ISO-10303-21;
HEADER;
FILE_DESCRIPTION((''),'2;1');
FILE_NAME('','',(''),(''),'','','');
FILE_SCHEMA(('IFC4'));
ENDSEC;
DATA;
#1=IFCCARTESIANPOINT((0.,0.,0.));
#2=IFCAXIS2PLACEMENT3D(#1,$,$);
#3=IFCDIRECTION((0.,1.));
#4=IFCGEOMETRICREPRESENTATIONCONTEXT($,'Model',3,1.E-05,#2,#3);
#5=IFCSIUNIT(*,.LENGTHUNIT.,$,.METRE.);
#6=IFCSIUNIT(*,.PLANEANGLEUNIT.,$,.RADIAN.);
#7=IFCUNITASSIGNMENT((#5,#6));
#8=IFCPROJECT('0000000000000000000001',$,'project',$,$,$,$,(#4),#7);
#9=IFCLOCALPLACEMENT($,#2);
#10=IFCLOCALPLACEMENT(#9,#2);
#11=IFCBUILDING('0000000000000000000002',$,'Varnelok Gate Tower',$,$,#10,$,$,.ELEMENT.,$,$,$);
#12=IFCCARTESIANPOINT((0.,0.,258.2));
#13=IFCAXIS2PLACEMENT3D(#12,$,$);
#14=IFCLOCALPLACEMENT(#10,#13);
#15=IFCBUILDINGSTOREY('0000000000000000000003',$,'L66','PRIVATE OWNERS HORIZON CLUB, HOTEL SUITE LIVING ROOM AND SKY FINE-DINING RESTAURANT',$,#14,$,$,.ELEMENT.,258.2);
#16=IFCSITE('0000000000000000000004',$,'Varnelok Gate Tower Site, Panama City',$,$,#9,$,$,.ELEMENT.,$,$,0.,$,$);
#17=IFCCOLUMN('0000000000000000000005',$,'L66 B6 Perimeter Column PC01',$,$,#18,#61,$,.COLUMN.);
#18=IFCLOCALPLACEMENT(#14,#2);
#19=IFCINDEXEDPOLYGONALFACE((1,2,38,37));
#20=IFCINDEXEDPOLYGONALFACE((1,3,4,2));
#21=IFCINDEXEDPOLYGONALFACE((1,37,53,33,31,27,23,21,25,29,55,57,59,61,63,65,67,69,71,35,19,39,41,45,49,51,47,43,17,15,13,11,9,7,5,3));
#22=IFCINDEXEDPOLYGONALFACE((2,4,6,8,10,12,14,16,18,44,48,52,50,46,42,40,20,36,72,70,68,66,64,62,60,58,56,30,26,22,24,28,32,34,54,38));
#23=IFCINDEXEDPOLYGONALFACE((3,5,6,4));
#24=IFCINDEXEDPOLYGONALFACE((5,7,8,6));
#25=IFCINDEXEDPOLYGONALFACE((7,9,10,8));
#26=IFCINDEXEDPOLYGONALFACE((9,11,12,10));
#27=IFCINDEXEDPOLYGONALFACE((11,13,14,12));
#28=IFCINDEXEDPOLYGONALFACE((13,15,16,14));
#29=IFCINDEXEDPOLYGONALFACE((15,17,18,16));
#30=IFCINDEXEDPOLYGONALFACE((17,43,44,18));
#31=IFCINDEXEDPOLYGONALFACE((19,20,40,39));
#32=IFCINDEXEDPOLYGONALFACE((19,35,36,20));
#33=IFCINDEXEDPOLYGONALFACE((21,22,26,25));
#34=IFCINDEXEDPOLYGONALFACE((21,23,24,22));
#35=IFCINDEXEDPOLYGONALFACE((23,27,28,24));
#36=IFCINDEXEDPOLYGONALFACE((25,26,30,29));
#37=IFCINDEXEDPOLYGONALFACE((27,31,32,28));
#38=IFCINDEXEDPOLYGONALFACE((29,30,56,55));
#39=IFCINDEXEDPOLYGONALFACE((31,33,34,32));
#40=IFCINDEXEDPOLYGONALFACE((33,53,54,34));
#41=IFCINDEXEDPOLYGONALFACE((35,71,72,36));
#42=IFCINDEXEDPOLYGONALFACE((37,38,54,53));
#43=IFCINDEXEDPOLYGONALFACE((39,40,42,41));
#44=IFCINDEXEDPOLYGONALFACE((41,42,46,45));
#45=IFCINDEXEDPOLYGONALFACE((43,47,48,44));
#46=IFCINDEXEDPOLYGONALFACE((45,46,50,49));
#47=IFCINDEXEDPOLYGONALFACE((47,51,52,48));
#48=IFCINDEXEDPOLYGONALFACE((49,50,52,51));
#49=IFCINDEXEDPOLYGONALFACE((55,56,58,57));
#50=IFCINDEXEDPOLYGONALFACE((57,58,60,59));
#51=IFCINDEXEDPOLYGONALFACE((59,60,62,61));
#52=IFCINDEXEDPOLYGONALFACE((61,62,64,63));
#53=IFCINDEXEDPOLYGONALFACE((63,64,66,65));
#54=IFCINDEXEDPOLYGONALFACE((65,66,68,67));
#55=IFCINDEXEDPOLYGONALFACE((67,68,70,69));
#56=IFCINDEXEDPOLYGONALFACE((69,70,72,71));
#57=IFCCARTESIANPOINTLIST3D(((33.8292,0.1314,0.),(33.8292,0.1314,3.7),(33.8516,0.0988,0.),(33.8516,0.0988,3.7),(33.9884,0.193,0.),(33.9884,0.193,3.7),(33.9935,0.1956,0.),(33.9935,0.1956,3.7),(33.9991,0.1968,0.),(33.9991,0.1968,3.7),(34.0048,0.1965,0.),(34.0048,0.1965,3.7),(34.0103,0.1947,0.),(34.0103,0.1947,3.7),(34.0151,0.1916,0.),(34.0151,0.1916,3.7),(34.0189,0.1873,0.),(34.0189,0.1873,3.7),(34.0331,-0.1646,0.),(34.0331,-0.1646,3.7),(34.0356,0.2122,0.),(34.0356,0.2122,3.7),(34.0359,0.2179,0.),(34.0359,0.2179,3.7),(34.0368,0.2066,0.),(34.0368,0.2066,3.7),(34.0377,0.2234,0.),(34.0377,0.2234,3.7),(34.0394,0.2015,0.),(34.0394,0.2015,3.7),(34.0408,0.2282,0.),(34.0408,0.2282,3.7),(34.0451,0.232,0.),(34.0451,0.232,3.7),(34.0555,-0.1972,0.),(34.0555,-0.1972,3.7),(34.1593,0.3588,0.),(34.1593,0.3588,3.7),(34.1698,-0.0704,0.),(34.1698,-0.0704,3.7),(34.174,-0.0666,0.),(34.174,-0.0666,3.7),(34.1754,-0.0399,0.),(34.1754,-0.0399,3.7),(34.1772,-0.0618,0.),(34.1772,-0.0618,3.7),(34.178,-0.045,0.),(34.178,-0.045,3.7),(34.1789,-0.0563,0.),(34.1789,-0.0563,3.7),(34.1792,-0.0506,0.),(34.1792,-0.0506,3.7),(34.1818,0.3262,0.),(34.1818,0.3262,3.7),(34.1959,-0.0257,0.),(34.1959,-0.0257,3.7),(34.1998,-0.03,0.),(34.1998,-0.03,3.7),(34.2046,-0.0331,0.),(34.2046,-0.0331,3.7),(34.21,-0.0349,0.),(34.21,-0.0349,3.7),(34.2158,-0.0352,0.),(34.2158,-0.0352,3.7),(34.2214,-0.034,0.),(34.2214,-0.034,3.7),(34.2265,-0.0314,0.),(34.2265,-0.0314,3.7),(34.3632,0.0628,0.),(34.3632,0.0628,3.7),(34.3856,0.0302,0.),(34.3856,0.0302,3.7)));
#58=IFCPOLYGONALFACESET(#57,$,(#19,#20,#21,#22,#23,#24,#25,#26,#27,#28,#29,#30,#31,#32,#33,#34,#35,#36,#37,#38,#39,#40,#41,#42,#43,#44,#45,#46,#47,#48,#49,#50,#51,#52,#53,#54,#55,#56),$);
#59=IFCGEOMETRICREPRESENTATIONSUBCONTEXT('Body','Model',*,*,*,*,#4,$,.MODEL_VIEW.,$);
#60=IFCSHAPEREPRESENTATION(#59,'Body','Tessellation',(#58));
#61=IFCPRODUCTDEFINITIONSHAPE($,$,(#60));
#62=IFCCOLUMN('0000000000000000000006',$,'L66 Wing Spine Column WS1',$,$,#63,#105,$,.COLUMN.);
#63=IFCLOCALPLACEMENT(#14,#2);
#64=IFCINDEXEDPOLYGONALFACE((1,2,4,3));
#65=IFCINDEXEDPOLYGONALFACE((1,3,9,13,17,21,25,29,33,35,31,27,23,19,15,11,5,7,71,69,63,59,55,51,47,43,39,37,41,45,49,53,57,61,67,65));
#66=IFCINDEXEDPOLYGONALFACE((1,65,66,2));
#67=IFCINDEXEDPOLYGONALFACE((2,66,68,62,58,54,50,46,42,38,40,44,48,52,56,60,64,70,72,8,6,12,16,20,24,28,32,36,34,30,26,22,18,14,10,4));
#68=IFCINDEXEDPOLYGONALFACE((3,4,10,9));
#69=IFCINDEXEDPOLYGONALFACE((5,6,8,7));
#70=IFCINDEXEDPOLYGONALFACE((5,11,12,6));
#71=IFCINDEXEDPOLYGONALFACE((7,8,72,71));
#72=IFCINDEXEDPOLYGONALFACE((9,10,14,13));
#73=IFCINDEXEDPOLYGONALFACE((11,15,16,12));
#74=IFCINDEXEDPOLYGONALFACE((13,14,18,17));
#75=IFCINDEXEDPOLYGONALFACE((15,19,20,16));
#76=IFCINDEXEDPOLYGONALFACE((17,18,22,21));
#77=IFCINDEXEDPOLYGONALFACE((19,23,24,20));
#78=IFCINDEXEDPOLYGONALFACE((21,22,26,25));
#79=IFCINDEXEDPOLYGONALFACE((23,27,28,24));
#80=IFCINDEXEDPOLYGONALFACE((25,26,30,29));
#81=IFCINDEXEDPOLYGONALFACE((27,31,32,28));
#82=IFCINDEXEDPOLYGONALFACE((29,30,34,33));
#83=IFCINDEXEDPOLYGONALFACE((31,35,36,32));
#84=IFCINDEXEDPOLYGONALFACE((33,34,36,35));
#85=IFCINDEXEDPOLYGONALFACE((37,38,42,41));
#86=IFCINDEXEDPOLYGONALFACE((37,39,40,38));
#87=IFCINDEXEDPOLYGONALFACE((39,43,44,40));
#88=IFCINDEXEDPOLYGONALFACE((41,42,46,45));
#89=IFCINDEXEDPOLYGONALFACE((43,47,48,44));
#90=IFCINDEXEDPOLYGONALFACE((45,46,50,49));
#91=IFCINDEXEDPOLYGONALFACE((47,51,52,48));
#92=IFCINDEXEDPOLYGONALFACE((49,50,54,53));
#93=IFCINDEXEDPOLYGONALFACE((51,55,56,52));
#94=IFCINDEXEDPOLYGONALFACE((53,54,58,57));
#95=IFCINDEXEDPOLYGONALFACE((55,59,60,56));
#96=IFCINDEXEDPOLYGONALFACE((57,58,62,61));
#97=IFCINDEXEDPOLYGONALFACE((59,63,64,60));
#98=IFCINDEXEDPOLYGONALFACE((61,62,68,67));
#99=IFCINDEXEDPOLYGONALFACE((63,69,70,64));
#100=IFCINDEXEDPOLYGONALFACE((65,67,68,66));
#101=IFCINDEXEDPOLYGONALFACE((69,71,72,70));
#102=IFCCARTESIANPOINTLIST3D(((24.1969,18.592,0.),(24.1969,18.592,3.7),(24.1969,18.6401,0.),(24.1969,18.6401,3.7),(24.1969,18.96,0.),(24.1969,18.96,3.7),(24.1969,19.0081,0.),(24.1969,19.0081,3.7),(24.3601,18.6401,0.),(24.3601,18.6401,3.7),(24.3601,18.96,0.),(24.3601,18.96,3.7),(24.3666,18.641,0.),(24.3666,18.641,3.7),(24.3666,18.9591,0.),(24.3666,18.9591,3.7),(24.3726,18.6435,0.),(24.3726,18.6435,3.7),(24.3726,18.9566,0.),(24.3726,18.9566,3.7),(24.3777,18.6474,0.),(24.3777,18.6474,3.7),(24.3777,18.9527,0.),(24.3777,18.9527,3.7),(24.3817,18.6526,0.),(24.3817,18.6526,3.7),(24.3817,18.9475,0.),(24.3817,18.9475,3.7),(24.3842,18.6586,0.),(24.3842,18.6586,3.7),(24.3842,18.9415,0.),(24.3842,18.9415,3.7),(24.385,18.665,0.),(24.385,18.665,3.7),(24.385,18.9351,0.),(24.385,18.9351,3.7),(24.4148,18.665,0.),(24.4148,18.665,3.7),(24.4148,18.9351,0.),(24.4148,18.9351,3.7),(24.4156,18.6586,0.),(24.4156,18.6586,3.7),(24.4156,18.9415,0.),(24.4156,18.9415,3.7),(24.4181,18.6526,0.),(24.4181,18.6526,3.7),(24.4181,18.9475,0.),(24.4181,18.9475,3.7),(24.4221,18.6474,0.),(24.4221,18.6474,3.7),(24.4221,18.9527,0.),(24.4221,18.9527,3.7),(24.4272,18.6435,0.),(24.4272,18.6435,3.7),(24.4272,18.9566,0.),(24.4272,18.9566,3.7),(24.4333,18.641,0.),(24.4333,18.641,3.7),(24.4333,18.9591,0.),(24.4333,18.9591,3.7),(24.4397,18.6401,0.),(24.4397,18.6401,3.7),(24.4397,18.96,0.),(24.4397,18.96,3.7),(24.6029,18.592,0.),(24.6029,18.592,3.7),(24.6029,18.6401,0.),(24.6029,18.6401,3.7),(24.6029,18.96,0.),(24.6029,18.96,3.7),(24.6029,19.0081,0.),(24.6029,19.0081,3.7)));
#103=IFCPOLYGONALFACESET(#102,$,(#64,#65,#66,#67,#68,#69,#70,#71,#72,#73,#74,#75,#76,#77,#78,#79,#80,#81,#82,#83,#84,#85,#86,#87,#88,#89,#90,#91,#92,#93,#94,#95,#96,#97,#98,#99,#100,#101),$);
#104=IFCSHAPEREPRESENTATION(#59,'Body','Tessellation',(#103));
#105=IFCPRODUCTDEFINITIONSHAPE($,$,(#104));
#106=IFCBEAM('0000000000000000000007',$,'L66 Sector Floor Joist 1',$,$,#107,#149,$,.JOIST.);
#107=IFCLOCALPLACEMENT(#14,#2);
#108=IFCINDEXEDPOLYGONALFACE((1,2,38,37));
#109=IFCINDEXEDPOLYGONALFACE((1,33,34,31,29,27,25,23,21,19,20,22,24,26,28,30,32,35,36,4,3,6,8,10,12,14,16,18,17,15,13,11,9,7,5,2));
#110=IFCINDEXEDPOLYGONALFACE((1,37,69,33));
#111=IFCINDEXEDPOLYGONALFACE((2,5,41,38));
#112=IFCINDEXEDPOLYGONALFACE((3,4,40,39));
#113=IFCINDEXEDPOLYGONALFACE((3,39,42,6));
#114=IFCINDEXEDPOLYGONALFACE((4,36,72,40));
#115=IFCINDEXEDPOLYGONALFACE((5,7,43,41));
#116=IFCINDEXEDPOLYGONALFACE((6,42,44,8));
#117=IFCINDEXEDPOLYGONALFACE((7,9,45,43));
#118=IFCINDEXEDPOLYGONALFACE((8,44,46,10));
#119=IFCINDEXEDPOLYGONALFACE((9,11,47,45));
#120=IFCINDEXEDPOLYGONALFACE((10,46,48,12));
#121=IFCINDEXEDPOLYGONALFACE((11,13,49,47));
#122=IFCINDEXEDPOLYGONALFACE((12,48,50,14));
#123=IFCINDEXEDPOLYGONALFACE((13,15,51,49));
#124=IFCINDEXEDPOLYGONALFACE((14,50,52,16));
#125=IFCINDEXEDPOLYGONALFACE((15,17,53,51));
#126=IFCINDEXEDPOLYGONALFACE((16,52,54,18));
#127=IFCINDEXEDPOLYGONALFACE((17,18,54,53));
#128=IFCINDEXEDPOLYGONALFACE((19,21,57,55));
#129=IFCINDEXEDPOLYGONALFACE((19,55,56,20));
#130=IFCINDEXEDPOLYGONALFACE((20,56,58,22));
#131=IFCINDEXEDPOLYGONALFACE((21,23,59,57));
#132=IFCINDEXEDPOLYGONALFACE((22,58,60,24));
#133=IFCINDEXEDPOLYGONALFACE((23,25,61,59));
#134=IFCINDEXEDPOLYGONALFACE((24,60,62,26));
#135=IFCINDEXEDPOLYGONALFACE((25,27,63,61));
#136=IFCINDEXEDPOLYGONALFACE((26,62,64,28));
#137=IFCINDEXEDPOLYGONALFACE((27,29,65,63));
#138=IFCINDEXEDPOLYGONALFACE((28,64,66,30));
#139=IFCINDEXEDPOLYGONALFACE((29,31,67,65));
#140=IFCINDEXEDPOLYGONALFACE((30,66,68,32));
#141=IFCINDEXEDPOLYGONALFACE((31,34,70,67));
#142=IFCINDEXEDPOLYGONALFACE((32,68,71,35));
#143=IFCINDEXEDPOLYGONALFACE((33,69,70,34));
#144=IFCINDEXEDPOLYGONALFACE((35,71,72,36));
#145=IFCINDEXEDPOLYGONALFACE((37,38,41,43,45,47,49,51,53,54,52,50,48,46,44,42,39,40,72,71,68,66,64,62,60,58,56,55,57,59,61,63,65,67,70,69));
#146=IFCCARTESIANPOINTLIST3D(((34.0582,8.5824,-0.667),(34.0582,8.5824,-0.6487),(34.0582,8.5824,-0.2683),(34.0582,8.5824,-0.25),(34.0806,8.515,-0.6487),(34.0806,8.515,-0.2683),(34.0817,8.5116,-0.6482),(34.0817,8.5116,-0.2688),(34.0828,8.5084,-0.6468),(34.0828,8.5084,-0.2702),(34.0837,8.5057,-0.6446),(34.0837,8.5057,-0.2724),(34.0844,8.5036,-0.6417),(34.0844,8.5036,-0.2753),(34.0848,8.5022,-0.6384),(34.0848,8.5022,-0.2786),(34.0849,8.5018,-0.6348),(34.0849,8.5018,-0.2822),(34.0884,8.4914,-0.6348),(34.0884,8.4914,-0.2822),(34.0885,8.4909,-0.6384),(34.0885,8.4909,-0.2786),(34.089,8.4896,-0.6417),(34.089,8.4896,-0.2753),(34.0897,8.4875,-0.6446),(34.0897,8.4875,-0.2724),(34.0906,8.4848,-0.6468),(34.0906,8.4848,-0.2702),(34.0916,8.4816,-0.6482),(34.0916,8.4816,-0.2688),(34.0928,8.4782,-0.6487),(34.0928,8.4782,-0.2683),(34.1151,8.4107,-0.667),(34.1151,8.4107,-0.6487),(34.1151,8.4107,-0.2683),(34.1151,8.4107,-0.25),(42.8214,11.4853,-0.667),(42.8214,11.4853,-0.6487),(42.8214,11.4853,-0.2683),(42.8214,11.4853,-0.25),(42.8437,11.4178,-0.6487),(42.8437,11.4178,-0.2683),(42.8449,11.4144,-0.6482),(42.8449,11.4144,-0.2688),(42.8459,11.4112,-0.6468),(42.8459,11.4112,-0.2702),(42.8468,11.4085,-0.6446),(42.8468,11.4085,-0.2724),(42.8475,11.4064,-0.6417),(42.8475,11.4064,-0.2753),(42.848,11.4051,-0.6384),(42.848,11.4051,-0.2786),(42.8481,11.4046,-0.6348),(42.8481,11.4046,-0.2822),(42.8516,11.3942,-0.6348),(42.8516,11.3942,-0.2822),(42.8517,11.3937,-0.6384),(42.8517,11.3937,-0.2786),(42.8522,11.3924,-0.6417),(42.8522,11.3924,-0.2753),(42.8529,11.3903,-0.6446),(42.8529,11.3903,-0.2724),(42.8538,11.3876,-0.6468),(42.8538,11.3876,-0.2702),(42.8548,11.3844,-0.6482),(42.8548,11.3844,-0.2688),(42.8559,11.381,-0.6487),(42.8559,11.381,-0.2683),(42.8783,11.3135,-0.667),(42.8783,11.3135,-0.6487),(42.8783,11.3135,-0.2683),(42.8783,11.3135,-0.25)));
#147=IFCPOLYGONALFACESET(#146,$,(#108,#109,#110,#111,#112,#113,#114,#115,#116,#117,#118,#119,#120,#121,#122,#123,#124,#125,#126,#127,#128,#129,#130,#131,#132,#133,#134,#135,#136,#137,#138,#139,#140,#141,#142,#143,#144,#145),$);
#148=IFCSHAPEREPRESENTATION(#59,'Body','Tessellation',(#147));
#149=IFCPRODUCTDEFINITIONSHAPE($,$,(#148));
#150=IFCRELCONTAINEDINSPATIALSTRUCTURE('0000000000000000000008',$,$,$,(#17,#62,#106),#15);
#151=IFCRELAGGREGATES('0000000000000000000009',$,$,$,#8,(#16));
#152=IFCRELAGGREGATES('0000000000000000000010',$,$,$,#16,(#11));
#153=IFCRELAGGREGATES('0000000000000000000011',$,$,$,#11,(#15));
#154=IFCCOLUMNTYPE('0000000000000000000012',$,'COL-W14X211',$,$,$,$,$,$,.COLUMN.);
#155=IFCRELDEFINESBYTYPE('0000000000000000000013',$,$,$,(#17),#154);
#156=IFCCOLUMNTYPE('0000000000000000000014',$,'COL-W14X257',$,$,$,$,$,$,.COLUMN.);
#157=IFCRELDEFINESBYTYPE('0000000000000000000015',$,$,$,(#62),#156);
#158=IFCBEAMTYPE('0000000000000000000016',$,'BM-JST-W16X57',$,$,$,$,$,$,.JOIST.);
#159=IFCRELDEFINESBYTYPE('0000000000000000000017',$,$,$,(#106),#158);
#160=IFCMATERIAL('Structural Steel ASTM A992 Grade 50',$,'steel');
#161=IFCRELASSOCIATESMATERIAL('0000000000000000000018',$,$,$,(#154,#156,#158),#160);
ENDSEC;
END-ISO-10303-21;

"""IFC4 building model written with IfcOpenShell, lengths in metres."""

from ifc_helpers import new_model, si_unit, direction, frame, origin, origin_2d, place, context, subcontext, project, spatial, i_section, extrude, material, material_profile, profile_set, type_object, element, save


model = new_model("IFC4")

# Units and contexts
model_context = context("Model", 3, precision=1e-05, world=origin(), true_north=direction((0.0, 1.0)))
body_context = subcontext(model_context, "Body", "Model", "MODEL_VIEW")
ifc_project = project(units=[si_unit("LENGTHUNIT", "METRE"), si_unit("PLANEANGLEUNIT", "RADIAN")], contexts=[model_context])

# Site, building, storey
site_placement = place(None, origin())
site = spatial("IfcSite", under=ifc_project, at=site_placement, Name="Varnelok Gate Tower Site, Panama City", CompositionType="ELEMENT", RefElevation=0.0)
building_placement = place(site_placement, origin())
building = spatial("IfcBuilding", under=site, at=building_placement, Name="Varnelok Gate Tower", CompositionType="ELEMENT")
storey_placement = place(building_placement, frame((0.0, 0.0, 258.2)))
storey = spatial("IfcBuildingStorey", under=building, at=storey_placement, Name="L66", Description="PRIVATE OWNERS HORIZON CLUB, HOTEL SUITE LIVING ROOM AND SKY FINE-DINING RESTAURANT", CompositionType="ELEMENT", Elevation=258.2)

# Columns
ifc_material_1 = material(Name="Structural Steel ASTM A992 Grade 50", Category="steel")
ifc_material_profile_1 = material_profile(ifc_material_1, i_section(OverallWidth=0.4009, OverallDepth=0.3989, WebThickness=0.0249, FlangeThickness=0.0396, FilletRadius=0.022, at=origin_2d()), Name="W14X211")
ifc_profile_set_1 = profile_set([ifc_material_profile_1], Name="Structural Steel ASTM A992 Grade 50")
column_type_1 = type_object("IfcColumnType", Name="COL-W14X211", PredefinedType="COLUMN", material=ifc_profile_set_1)
column_1_placement = place(storey_placement, frame((34.1074, 0.0808, 0.0), z_axis=(0.0, 0.0, 1.0), x_axis=(0.823533, 0.567269, 0.0)))
element("IfcColumn", 1, at=column_1_placement, inside=storey, type_object=column_type_1, Name="L66 B6 Perimeter Column PC01", PredefinedType="COLUMN", context=body_context, shape_type="SweptSolid", body=[
    extrude(i_section(OverallWidth=0.4009, OverallDepth=0.3989, WebThickness=0.0249, FlangeThickness=0.0396, FilletRadius=0.022, at=origin_2d()), origin(), (0.0, 0.0, 1.0), 3.7),
])
ifc_material_profile_2 = material_profile(ifc_material_1, i_section(OverallWidth=0.406, OverallDepth=0.416, WebThickness=0.0298, FlangeThickness=0.0481, FilletRadius=0.0249, at=origin_2d()), Name="W14X257")
ifc_profile_set_2 = profile_set([ifc_material_profile_2], Name="Structural Steel ASTM A992 Grade 50")
column_type_2 = type_object("IfcColumnType", Name="COL-W14X257", PredefinedType="COLUMN", material=ifc_profile_set_2)
column_2_placement = place(storey_placement, frame((24.3999, 18.8, 0.0), z_axis=(0.0, 0.0, 1.0), x_axis=(1.0, 0.0, 0.0)))
element("IfcColumn", 2, at=column_2_placement, inside=storey, type_object=column_type_2, Name="L66 Wing Spine Column WS1", PredefinedType="COLUMN", context=body_context, shape_type="SweptSolid", body=[
    extrude(i_section(OverallWidth=0.406, OverallDepth=0.416, WebThickness=0.0298, FlangeThickness=0.0481, FilletRadius=0.0249, at=origin_2d()), origin(), (0.0, 0.0, 1.0), 3.7),
])

# Beam
ifc_material_profile_3 = material_profile(ifc_material_1, i_section(OverallWidth=0.1809, OverallDepth=0.417, WebThickness=0.011, FlangeThickness=0.0183, FilletRadius=0.0139, at=origin_2d()), Name="W16X57")
ifc_profile_set_3 = profile_set([ifc_material_profile_3], Name="Structural Steel ASTM A992 Grade 50")
beam_type_1 = type_object("IfcBeamType", Name="BM-JST-W16X57", PredefinedType="JOIST", material=ifc_profile_set_3)
beam_1_placement = place(storey_placement, frame((34.0867, 8.4966, -0.4585), z_axis=(0.949274, 0.31445, 0.0), x_axis=(-0.31445, 0.949274, 0.0)))
element("IfcBeam", 3, at=beam_1_placement, inside=storey, type_object=beam_type_1, Name="L66 Sector Floor Joist 1", PredefinedType="JOIST", context=body_context, shape_type="SweptSolid", body=[
    extrude(i_section(OverallWidth=0.1809, OverallDepth=0.417, WebThickness=0.011, FlangeThickness=0.0183, FilletRadius=0.0139, at=origin_2d()), origin(), (0.0, 0.0, 1.0), 9.2314),
])

save(model, "model.ifc")
